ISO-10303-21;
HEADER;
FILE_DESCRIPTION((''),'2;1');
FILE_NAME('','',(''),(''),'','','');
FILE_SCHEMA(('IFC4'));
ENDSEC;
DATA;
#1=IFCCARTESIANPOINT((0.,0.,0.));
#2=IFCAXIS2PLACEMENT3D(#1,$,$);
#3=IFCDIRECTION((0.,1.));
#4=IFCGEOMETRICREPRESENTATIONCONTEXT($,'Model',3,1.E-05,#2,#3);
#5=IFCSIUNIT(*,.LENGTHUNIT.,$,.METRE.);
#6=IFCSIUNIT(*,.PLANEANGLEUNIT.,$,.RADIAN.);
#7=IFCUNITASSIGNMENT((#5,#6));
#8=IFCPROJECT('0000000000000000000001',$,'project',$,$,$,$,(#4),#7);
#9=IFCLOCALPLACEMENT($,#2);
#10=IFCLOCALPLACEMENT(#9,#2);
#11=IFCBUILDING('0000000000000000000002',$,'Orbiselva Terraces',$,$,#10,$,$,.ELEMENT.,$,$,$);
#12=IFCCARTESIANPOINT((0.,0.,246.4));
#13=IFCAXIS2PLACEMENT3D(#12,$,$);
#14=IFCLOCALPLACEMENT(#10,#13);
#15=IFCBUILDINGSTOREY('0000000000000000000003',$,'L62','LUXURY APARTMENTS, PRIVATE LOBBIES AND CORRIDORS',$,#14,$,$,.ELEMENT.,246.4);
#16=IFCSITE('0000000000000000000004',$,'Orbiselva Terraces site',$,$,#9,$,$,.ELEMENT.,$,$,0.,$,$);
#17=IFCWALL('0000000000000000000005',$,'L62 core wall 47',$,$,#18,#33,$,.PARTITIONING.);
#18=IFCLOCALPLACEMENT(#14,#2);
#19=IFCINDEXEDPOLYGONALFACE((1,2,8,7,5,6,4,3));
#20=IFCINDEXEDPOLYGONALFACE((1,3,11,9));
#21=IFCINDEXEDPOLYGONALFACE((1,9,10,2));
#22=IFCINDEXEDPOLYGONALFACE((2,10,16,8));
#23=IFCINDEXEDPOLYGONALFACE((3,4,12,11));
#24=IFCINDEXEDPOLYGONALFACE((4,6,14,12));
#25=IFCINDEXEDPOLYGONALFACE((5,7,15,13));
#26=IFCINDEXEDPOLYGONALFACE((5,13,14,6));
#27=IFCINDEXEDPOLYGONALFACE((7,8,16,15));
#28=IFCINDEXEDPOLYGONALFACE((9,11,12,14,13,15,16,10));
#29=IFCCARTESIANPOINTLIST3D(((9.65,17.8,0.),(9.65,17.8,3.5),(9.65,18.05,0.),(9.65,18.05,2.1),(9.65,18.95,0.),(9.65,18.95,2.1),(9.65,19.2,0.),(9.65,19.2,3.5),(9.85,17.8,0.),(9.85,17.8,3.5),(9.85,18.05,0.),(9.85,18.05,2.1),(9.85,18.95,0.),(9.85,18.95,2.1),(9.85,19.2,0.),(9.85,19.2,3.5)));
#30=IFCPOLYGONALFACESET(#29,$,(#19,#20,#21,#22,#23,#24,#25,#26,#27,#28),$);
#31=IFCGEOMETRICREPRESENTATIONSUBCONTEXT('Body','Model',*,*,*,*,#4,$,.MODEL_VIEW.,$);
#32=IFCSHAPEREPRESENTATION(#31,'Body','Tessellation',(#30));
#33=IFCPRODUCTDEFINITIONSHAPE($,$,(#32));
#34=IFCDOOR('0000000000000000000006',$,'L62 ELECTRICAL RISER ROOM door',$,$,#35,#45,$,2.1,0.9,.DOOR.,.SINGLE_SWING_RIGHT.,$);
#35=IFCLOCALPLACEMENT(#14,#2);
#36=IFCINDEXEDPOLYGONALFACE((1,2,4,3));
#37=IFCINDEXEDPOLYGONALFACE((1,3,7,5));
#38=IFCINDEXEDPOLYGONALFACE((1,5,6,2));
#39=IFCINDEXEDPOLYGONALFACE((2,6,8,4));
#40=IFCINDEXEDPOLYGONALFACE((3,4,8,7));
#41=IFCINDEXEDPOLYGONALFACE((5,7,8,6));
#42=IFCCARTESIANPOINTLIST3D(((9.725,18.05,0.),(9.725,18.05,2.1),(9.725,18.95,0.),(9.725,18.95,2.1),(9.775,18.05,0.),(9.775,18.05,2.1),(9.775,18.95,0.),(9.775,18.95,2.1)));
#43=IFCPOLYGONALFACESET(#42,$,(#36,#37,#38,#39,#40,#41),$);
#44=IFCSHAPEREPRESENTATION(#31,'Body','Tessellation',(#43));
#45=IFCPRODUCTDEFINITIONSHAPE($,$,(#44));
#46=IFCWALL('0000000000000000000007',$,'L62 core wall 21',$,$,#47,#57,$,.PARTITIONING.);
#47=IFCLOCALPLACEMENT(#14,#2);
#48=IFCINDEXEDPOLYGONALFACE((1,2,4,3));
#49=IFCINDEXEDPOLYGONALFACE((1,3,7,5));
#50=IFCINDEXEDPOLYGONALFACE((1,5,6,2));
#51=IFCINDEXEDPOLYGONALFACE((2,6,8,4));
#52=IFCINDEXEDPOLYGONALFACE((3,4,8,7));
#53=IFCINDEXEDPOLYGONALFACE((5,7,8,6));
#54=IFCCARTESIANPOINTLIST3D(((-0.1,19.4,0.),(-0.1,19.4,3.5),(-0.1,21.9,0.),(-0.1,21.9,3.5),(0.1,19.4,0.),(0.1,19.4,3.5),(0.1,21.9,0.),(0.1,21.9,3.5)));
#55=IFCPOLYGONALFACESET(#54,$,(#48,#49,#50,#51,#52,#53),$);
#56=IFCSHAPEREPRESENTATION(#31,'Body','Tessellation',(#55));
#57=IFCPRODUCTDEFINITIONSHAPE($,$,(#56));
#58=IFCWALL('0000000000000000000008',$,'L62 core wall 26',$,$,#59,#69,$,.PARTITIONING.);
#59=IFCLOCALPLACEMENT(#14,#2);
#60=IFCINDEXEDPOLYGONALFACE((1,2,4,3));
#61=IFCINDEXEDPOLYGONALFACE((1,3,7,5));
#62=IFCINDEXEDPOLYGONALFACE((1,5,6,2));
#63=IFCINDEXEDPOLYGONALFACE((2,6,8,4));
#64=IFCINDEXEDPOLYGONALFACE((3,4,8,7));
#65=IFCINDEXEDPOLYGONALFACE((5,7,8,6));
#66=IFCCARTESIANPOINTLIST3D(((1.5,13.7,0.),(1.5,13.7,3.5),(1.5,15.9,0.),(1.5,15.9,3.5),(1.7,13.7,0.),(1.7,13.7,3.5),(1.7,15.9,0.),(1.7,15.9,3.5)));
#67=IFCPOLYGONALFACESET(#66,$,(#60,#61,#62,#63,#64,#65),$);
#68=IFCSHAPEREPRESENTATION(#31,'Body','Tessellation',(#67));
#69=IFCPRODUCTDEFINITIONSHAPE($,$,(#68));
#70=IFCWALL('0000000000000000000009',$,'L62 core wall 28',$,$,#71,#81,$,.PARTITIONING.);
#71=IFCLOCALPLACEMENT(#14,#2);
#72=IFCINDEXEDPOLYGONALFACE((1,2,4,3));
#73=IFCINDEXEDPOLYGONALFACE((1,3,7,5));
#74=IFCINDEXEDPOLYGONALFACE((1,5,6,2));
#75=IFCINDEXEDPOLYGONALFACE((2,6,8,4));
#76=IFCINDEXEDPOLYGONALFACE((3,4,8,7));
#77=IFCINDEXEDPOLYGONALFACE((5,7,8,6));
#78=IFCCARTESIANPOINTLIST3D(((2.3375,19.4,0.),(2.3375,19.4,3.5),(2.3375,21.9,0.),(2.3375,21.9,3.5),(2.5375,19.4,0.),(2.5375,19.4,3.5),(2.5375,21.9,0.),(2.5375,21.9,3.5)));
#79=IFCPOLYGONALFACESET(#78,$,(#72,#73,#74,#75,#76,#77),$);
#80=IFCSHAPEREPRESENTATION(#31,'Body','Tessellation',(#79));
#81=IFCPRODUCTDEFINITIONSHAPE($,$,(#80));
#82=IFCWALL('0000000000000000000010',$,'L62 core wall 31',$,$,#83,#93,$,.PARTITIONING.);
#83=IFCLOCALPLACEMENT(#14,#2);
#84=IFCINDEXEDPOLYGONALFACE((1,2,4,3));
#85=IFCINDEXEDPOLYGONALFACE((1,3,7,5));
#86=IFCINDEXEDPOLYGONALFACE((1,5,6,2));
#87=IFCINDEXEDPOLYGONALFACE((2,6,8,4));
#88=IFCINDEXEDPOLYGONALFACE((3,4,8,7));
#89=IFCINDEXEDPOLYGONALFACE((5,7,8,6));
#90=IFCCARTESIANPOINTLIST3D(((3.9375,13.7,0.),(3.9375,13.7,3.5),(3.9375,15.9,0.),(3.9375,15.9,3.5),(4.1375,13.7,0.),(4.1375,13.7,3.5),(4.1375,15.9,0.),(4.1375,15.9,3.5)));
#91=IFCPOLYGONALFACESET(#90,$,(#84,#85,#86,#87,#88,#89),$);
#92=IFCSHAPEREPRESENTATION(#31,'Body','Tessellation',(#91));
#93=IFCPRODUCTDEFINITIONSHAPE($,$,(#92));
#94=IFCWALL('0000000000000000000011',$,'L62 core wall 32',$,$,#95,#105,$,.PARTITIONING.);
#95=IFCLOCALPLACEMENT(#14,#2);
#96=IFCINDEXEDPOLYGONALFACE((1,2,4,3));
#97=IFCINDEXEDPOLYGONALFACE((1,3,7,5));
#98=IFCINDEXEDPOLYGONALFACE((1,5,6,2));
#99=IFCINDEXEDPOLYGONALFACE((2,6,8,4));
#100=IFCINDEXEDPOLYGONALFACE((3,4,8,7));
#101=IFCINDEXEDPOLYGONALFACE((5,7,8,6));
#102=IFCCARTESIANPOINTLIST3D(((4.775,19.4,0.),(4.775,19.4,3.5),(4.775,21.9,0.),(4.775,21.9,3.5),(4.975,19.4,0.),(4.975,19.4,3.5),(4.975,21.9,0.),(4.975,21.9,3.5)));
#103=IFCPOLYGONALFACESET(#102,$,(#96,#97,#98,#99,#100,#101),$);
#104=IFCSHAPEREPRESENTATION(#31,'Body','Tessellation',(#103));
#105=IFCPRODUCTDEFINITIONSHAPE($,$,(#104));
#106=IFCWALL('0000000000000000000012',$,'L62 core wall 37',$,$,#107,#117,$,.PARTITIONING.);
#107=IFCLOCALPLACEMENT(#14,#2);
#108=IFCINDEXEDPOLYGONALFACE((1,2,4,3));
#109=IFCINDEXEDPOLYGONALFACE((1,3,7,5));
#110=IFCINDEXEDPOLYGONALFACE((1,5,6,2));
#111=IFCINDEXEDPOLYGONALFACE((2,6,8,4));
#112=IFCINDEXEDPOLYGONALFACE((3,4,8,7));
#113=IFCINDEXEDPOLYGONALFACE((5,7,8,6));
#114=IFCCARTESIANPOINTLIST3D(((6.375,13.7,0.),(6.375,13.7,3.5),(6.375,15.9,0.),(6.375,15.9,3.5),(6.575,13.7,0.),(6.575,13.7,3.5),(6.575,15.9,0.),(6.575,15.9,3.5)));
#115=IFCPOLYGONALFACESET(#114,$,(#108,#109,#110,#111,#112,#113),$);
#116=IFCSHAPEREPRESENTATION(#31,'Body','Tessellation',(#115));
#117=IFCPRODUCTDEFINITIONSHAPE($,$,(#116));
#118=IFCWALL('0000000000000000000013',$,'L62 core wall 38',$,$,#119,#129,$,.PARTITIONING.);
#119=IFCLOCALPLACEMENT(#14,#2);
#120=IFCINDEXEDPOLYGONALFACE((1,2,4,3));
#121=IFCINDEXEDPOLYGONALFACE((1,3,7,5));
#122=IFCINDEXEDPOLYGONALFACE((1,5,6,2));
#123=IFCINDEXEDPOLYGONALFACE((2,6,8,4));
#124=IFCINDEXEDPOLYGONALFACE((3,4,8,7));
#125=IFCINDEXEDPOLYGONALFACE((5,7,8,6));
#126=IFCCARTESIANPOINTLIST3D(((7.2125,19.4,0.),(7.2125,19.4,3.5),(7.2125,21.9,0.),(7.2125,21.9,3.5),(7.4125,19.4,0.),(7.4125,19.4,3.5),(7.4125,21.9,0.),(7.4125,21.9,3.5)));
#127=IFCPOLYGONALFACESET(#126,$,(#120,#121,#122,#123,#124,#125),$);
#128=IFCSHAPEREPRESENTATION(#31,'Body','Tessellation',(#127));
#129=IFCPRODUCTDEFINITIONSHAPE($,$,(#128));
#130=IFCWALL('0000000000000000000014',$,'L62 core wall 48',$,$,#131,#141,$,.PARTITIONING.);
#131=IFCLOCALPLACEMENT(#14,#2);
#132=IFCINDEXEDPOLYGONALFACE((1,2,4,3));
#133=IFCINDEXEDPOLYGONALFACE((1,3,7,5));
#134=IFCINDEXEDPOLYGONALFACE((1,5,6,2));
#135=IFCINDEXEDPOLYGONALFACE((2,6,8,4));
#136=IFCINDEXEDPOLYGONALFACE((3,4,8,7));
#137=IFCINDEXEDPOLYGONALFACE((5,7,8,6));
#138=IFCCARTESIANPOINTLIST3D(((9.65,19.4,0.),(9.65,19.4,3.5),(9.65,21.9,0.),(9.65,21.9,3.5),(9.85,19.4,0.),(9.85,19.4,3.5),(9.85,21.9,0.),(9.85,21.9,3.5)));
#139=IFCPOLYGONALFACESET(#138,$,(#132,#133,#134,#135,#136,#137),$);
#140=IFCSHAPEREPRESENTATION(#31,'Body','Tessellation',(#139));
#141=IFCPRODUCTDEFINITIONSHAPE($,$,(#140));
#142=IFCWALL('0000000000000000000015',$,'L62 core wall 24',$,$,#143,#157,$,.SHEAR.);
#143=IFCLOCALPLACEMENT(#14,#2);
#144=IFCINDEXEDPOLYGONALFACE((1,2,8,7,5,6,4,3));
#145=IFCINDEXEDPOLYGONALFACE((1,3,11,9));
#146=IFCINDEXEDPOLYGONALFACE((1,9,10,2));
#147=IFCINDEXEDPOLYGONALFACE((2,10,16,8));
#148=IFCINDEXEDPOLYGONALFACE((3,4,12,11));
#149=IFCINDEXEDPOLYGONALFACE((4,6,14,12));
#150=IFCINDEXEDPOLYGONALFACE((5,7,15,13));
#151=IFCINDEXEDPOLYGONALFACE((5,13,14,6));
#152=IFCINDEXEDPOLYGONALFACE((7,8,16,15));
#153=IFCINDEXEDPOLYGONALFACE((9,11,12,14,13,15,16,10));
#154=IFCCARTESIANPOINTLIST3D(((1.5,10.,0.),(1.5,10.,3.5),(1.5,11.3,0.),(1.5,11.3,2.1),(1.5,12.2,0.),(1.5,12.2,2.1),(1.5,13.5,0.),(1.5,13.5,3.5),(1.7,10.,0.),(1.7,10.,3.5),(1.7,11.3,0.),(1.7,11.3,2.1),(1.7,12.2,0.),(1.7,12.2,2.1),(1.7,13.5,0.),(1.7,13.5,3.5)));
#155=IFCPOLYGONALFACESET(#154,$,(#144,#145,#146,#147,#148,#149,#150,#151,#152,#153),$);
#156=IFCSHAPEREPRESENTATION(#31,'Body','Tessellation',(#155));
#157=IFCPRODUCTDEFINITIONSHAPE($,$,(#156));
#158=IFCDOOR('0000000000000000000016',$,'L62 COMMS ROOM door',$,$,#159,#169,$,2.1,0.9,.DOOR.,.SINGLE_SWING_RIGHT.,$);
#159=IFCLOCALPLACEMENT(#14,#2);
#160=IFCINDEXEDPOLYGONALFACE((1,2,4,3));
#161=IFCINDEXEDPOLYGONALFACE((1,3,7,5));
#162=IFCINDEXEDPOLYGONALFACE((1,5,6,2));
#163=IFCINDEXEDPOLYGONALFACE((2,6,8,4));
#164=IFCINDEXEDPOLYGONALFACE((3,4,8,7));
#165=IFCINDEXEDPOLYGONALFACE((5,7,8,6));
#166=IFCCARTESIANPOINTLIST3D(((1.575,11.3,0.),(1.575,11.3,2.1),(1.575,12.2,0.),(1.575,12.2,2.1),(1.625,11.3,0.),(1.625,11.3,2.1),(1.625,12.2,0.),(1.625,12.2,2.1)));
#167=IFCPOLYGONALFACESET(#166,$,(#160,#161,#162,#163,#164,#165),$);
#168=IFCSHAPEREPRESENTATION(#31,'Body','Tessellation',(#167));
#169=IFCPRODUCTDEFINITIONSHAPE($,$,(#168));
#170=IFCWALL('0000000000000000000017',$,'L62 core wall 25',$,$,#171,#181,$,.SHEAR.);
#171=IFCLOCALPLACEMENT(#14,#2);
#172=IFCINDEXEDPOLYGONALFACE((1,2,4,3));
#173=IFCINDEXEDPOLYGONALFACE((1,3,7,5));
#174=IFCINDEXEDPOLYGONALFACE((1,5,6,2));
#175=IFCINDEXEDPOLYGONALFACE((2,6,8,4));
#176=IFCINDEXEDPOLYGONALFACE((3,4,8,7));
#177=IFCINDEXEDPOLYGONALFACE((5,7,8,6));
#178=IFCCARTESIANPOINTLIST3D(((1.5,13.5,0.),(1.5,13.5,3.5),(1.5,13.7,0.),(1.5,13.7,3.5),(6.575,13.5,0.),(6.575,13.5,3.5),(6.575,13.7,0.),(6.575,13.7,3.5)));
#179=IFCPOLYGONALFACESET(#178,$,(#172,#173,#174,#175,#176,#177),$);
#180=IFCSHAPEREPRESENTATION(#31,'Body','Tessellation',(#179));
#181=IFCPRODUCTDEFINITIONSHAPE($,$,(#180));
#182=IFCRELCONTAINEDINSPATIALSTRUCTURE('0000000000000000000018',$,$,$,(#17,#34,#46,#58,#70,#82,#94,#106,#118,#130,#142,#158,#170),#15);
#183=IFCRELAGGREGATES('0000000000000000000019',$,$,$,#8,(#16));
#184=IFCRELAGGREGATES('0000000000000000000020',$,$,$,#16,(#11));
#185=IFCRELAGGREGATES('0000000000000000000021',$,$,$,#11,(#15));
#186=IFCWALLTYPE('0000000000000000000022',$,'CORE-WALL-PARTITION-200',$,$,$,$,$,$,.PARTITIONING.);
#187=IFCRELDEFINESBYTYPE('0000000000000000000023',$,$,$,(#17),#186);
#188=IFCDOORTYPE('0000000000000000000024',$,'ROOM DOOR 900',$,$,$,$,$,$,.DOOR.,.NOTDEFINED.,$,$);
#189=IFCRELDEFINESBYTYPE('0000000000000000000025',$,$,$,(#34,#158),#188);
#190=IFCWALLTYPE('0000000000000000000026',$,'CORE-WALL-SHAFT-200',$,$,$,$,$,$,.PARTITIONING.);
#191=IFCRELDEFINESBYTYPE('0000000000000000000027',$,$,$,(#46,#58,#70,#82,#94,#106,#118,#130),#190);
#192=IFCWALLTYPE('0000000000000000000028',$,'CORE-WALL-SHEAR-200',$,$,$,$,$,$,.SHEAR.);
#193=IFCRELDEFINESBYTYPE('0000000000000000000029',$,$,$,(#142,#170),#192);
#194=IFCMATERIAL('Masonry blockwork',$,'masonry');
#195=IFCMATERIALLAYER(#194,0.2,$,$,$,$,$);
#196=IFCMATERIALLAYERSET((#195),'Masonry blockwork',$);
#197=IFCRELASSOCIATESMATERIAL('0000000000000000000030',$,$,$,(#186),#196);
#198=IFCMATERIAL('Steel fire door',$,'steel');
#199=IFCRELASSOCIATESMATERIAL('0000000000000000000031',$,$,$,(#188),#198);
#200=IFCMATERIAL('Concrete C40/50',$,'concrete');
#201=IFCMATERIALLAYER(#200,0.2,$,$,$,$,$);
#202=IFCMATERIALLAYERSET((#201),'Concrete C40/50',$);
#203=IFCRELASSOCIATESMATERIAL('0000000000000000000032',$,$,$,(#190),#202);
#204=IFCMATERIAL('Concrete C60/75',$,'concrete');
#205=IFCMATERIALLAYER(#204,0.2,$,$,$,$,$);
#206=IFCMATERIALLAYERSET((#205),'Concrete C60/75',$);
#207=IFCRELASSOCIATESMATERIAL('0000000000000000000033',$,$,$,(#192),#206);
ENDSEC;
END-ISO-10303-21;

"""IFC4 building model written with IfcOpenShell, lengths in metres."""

from ifc_helpers import new_model, si_unit, direction, frame, frame_2d, origin, place, context, subcontext, project, spatial, rectangle, extrude, material, layer, layer_set, type_object, element, fill, save


model = new_model("IFC4")

# Units and contexts
model_context = context("Model", 3, precision=1e-05, world=origin(), true_north=direction((0.0, 1.0)))
body_context = subcontext(model_context, "Body", "Model", "MODEL_VIEW")
ifc_project = project(units=[si_unit("LENGTHUNIT", "METRE"), si_unit("PLANEANGLEUNIT", "RADIAN")], contexts=[model_context])

# Site, building, storey
site_placement = place(None, origin())
site = spatial("IfcSite", under=ifc_project, at=site_placement, Name="Orbiselva Terraces site", CompositionType="ELEMENT", RefElevation=0.0)
building_placement = place(site_placement, origin())
building = spatial("IfcBuilding", under=site, at=building_placement, Name="Orbiselva Terraces", CompositionType="ELEMENT")
storey_placement = place(building_placement, frame((0.0, 0.0, 246.4)))
storey = spatial("IfcBuildingStorey", under=building, at=storey_placement, Name="L62", Description="LUXURY APARTMENTS, PRIVATE LOBBIES AND CORRIDORS", CompositionType="ELEMENT", Elevation=246.4)

# Wall, opening, door
ifc_material_1 = material(Name="Masonry blockwork", Category="masonry")
ifc_layer_1 = layer(ifc_material_1, 0.2)
ifc_layer_set_1 = layer_set([ifc_layer_1], Name="Masonry blockwork")
wall_type_1 = type_object("IfcWallType", Name="CORE-WALL-PARTITION-200", PredefinedType="PARTITIONING", material=ifc_layer_set_1)
wall_1_placement = place(storey_placement, frame((9.75, 19.2, 0.0), z_axis=(0.0, 0.0, 1.0), x_axis=(0.0, -1.0, 0.0)))
wall_1 = element("IfcWall", 1, at=wall_1_placement, inside=storey, type_object=wall_type_1, Name="L62 core wall 47", PredefinedType="PARTITIONING", context=body_context, shape_type="SweptSolid", body=[
    extrude(rectangle(XDim=1.4, YDim=0.2, at=frame_2d((0.7, 0.0))), origin(), (0.0, 0.0, 1.0), 3.5),
])
opening_1_placement = place(wall_1_placement, frame((0.25, 0.0, 0.0)))
opening_1 = element("IfcOpeningElement", 2, at=opening_1_placement, cuts=wall_1, PredefinedType="OPENING", context=body_context, shape_type="SweptSolid", body=[
    extrude(rectangle(XDim=0.9, YDim=2.1, at=frame_2d((0.45, 1.05))), frame((0.0, 0.11, 0.0), z_axis=(0.0, -1.0, 0.0), x_axis=(1.0, 0.0, 0.0)), (0.0, 0.0, 1.0), 0.22),
])
ifc_material_2 = material(Name="Steel fire door", Category="steel")
door_type_1 = type_object("IfcDoorType", Name="ROOM DOOR 900", OperationType="NOTDEFINED", PredefinedType="DOOR", material=ifc_material_2)
door_1_placement = place(opening_1_placement, origin())
door_1 = element("IfcDoor", 3, at=door_1_placement, inside=storey, type_object=door_type_1, Name="L62 ELECTRICAL RISER ROOM door", OperationType="SINGLE_SWING_RIGHT", OverallHeight=2.1, OverallWidth=0.9, PredefinedType="DOOR", context=body_context, shape_type="SweptSolid", body=[
    extrude(rectangle(XDim=0.9, YDim=2.1, at=frame_2d((0.45, 1.05))), frame((0.0, 0.025, 0.0), z_axis=(0.0, -1.0, 0.0), x_axis=(1.0, 0.0, 0.0)), (0.0, 0.0, 1.0), 0.05),
])
fill(opening_1, door_1)

# Walls
ifc_material_3 = material(Name="Concrete C40/50", Category="concrete")
ifc_layer_2 = layer(ifc_material_3, 0.2)
ifc_layer_set_2 = layer_set([ifc_layer_2], Name="Concrete C40/50")
wall_type_2 = type_object("IfcWallType", Name="CORE-WALL-SHAFT-200", PredefinedType="PARTITIONING", material=ifc_layer_set_2)
wall_2_placement = place(storey_placement, frame((0.0, 19.4, 0.0), z_axis=(0.0, 0.0, 1.0), x_axis=(0.0, 1.0, 0.0)))
element("IfcWall", 4, at=wall_2_placement, inside=storey, type_object=wall_type_2, Name="L62 core wall 21", PredefinedType="PARTITIONING", context=body_context, shape_type="SweptSolid", body=[
    extrude(rectangle(XDim=2.5, YDim=0.2, at=frame_2d((1.25, 0.0))), origin(), (0.0, 0.0, 1.0), 3.5),
])
wall_3_placement = place(storey_placement, frame((1.6, 13.7, 0.0), z_axis=(0.0, 0.0, 1.0), x_axis=(0.0, 1.0, 0.0)))
element("IfcWall", 5, at=wall_3_placement, inside=storey, type_object=wall_type_2, Name="L62 core wall 26", PredefinedType="PARTITIONING", context=body_context, shape_type="SweptSolid", body=[
    extrude(rectangle(XDim=2.2, YDim=0.2, at=frame_2d((1.1, 0.0))), origin(), (0.0, 0.0, 1.0), 3.5),
])
wall_4_placement = place(storey_placement, frame((2.4375, 19.4, 0.0), z_axis=(0.0, 0.0, 1.0), x_axis=(0.0, 1.0, 0.0)))
element("IfcWall", 6, at=wall_4_placement, inside=storey, type_object=wall_type_2, Name="L62 core wall 28", PredefinedType="PARTITIONING", context=body_context, shape_type="SweptSolid", body=[
    extrude(rectangle(XDim=2.5, YDim=0.2, at=frame_2d((1.25, 0.0))), origin(), (0.0, 0.0, 1.0), 3.5),
])
wall_5_placement = place(storey_placement, frame((4.0375, 13.7, 0.0), z_axis=(0.0, 0.0, 1.0), x_axis=(0.0, 1.0, 0.0)))
element("IfcWall", 7, at=wall_5_placement, inside=storey, type_object=wall_type_2, Name="L62 core wall 31", PredefinedType="PARTITIONING", context=body_context, shape_type="SweptSolid", body=[
    extrude(rectangle(XDim=2.2, YDim=0.2, at=frame_2d((1.1, 0.0))), origin(), (0.0, 0.0, 1.0), 3.5),
])
wall_6_placement = place(storey_placement, frame((4.875, 19.4, 0.0), z_axis=(0.0, 0.0, 1.0), x_axis=(0.0, 1.0, 0.0)))
element("IfcWall", 8, at=wall_6_placement, inside=storey, type_object=wall_type_2, Name="L62 core wall 32", PredefinedType="PARTITIONING", context=body_context, shape_type="SweptSolid", body=[
    extrude(rectangle(XDim=2.5, YDim=0.2, at=frame_2d((1.25, 0.0))), origin(), (0.0, 0.0, 1.0), 3.5),
])
wall_7_placement = place(storey_placement, frame((6.475, 13.7, 0.0), z_axis=(0.0, 0.0, 1.0), x_axis=(0.0, 1.0, 0.0)))
element("IfcWall", 9, at=wall_7_placement, inside=storey, type_object=wall_type_2, Name="L62 core wall 37", PredefinedType="PARTITIONING", context=body_context, shape_type="SweptSolid", body=[
    extrude(rectangle(XDim=2.2, YDim=0.2, at=frame_2d((1.1, 0.0))), origin(), (0.0, 0.0, 1.0), 3.5),
])
for number, where, z_axis, x_axis, name in (
    (10, (7.3125, 19.4, 0.0), (0.0, 0.0, 1.0), (0.0, 1.0, 0.0), "L62 core wall 38"),
    (11, (9.75, 19.4, 0.0), (0.0, 0.0, 1.0), (0.0, 1.0, 0.0), "L62 core wall 48"),
):
    element("IfcWall", number, at=place(storey_placement, frame(where, z_axis=z_axis, x_axis=x_axis)), inside=storey, type_object=wall_type_2, Name=name, PredefinedType="PARTITIONING", context=body_context, shape_type="SweptSolid", body=[
        extrude(rectangle(XDim=2.5, YDim=0.2, at=frame_2d((1.25, 0.0))), origin(), (0.0, 0.0, 1.0), 3.5),
    ])

# Wall, opening, door
ifc_material_4 = material(Name="Concrete C60/75", Category="concrete")
ifc_layer_3 = layer(ifc_material_4, 0.2)
ifc_layer_set_3 = layer_set([ifc_layer_3], Name="Concrete C60/75")
wall_type_3 = type_object("IfcWallType", Name="CORE-WALL-SHEAR-200", PredefinedType="SHEAR", material=ifc_layer_set_3)
wall_8_placement = place(storey_placement, frame((1.6, 13.5, 0.0), z_axis=(0.0, 0.0, 1.0), x_axis=(0.0, -1.0, 0.0)))
wall_8 = element("IfcWall", 12, at=wall_8_placement, inside=storey, type_object=wall_type_3, Name="L62 core wall 24", PredefinedType="SHEAR", context=body_context, shape_type="SweptSolid", body=[
    extrude(rectangle(XDim=3.5, YDim=0.2, at=frame_2d((1.75, 0.0))), origin(), (0.0, 0.0, 1.0), 3.5),
])
opening_2_placement = place(wall_8_placement, frame((1.3, 0.0, 0.0)))
opening_2 = element("IfcOpeningElement", 13, at=opening_2_placement, cuts=wall_8, PredefinedType="OPENING", context=body_context, shape_type="SweptSolid", body=[
    extrude(rectangle(XDim=0.9, YDim=2.1, at=frame_2d((0.45, 1.05))), frame((0.0, 0.11, 0.0), z_axis=(0.0, -1.0, 0.0), x_axis=(1.0, 0.0, 0.0)), (0.0, 0.0, 1.0), 0.22),
])
door_2_placement = place(opening_2_placement, origin())
door_2 = element("IfcDoor", 14, at=door_2_placement, inside=storey, type_object=door_type_1, Name="L62 COMMS ROOM door", OperationType="SINGLE_SWING_RIGHT", OverallHeight=2.1, OverallWidth=0.9, PredefinedType="DOOR", context=body_context, shape_type="SweptSolid", body=[
    extrude(rectangle(XDim=0.9, YDim=2.1, at=frame_2d((0.45, 1.05))), frame((0.0, 0.025, 0.0), z_axis=(0.0, -1.0, 0.0), x_axis=(1.0, 0.0, 0.0)), (0.0, 0.0, 1.0), 0.05),
])
fill(opening_2, door_2)

# Wall
wall_9_placement = place(storey_placement, frame((1.5, 13.6, 0.0), z_axis=(0.0, 0.0, 1.0), x_axis=(1.0, 0.0, 0.0)))
element("IfcWall", 15, at=wall_9_placement, inside=storey, type_object=wall_type_3, Name="L62 core wall 25", PredefinedType="SHEAR", context=body_context, shape_type="SweptSolid", body=[
    extrude(rectangle(XDim=5.075, YDim=0.2, at=frame_2d((2.5375, 0.0))), origin(), (0.0, 0.0, 1.0), 3.5),
])

save(model, "model.ifc")
